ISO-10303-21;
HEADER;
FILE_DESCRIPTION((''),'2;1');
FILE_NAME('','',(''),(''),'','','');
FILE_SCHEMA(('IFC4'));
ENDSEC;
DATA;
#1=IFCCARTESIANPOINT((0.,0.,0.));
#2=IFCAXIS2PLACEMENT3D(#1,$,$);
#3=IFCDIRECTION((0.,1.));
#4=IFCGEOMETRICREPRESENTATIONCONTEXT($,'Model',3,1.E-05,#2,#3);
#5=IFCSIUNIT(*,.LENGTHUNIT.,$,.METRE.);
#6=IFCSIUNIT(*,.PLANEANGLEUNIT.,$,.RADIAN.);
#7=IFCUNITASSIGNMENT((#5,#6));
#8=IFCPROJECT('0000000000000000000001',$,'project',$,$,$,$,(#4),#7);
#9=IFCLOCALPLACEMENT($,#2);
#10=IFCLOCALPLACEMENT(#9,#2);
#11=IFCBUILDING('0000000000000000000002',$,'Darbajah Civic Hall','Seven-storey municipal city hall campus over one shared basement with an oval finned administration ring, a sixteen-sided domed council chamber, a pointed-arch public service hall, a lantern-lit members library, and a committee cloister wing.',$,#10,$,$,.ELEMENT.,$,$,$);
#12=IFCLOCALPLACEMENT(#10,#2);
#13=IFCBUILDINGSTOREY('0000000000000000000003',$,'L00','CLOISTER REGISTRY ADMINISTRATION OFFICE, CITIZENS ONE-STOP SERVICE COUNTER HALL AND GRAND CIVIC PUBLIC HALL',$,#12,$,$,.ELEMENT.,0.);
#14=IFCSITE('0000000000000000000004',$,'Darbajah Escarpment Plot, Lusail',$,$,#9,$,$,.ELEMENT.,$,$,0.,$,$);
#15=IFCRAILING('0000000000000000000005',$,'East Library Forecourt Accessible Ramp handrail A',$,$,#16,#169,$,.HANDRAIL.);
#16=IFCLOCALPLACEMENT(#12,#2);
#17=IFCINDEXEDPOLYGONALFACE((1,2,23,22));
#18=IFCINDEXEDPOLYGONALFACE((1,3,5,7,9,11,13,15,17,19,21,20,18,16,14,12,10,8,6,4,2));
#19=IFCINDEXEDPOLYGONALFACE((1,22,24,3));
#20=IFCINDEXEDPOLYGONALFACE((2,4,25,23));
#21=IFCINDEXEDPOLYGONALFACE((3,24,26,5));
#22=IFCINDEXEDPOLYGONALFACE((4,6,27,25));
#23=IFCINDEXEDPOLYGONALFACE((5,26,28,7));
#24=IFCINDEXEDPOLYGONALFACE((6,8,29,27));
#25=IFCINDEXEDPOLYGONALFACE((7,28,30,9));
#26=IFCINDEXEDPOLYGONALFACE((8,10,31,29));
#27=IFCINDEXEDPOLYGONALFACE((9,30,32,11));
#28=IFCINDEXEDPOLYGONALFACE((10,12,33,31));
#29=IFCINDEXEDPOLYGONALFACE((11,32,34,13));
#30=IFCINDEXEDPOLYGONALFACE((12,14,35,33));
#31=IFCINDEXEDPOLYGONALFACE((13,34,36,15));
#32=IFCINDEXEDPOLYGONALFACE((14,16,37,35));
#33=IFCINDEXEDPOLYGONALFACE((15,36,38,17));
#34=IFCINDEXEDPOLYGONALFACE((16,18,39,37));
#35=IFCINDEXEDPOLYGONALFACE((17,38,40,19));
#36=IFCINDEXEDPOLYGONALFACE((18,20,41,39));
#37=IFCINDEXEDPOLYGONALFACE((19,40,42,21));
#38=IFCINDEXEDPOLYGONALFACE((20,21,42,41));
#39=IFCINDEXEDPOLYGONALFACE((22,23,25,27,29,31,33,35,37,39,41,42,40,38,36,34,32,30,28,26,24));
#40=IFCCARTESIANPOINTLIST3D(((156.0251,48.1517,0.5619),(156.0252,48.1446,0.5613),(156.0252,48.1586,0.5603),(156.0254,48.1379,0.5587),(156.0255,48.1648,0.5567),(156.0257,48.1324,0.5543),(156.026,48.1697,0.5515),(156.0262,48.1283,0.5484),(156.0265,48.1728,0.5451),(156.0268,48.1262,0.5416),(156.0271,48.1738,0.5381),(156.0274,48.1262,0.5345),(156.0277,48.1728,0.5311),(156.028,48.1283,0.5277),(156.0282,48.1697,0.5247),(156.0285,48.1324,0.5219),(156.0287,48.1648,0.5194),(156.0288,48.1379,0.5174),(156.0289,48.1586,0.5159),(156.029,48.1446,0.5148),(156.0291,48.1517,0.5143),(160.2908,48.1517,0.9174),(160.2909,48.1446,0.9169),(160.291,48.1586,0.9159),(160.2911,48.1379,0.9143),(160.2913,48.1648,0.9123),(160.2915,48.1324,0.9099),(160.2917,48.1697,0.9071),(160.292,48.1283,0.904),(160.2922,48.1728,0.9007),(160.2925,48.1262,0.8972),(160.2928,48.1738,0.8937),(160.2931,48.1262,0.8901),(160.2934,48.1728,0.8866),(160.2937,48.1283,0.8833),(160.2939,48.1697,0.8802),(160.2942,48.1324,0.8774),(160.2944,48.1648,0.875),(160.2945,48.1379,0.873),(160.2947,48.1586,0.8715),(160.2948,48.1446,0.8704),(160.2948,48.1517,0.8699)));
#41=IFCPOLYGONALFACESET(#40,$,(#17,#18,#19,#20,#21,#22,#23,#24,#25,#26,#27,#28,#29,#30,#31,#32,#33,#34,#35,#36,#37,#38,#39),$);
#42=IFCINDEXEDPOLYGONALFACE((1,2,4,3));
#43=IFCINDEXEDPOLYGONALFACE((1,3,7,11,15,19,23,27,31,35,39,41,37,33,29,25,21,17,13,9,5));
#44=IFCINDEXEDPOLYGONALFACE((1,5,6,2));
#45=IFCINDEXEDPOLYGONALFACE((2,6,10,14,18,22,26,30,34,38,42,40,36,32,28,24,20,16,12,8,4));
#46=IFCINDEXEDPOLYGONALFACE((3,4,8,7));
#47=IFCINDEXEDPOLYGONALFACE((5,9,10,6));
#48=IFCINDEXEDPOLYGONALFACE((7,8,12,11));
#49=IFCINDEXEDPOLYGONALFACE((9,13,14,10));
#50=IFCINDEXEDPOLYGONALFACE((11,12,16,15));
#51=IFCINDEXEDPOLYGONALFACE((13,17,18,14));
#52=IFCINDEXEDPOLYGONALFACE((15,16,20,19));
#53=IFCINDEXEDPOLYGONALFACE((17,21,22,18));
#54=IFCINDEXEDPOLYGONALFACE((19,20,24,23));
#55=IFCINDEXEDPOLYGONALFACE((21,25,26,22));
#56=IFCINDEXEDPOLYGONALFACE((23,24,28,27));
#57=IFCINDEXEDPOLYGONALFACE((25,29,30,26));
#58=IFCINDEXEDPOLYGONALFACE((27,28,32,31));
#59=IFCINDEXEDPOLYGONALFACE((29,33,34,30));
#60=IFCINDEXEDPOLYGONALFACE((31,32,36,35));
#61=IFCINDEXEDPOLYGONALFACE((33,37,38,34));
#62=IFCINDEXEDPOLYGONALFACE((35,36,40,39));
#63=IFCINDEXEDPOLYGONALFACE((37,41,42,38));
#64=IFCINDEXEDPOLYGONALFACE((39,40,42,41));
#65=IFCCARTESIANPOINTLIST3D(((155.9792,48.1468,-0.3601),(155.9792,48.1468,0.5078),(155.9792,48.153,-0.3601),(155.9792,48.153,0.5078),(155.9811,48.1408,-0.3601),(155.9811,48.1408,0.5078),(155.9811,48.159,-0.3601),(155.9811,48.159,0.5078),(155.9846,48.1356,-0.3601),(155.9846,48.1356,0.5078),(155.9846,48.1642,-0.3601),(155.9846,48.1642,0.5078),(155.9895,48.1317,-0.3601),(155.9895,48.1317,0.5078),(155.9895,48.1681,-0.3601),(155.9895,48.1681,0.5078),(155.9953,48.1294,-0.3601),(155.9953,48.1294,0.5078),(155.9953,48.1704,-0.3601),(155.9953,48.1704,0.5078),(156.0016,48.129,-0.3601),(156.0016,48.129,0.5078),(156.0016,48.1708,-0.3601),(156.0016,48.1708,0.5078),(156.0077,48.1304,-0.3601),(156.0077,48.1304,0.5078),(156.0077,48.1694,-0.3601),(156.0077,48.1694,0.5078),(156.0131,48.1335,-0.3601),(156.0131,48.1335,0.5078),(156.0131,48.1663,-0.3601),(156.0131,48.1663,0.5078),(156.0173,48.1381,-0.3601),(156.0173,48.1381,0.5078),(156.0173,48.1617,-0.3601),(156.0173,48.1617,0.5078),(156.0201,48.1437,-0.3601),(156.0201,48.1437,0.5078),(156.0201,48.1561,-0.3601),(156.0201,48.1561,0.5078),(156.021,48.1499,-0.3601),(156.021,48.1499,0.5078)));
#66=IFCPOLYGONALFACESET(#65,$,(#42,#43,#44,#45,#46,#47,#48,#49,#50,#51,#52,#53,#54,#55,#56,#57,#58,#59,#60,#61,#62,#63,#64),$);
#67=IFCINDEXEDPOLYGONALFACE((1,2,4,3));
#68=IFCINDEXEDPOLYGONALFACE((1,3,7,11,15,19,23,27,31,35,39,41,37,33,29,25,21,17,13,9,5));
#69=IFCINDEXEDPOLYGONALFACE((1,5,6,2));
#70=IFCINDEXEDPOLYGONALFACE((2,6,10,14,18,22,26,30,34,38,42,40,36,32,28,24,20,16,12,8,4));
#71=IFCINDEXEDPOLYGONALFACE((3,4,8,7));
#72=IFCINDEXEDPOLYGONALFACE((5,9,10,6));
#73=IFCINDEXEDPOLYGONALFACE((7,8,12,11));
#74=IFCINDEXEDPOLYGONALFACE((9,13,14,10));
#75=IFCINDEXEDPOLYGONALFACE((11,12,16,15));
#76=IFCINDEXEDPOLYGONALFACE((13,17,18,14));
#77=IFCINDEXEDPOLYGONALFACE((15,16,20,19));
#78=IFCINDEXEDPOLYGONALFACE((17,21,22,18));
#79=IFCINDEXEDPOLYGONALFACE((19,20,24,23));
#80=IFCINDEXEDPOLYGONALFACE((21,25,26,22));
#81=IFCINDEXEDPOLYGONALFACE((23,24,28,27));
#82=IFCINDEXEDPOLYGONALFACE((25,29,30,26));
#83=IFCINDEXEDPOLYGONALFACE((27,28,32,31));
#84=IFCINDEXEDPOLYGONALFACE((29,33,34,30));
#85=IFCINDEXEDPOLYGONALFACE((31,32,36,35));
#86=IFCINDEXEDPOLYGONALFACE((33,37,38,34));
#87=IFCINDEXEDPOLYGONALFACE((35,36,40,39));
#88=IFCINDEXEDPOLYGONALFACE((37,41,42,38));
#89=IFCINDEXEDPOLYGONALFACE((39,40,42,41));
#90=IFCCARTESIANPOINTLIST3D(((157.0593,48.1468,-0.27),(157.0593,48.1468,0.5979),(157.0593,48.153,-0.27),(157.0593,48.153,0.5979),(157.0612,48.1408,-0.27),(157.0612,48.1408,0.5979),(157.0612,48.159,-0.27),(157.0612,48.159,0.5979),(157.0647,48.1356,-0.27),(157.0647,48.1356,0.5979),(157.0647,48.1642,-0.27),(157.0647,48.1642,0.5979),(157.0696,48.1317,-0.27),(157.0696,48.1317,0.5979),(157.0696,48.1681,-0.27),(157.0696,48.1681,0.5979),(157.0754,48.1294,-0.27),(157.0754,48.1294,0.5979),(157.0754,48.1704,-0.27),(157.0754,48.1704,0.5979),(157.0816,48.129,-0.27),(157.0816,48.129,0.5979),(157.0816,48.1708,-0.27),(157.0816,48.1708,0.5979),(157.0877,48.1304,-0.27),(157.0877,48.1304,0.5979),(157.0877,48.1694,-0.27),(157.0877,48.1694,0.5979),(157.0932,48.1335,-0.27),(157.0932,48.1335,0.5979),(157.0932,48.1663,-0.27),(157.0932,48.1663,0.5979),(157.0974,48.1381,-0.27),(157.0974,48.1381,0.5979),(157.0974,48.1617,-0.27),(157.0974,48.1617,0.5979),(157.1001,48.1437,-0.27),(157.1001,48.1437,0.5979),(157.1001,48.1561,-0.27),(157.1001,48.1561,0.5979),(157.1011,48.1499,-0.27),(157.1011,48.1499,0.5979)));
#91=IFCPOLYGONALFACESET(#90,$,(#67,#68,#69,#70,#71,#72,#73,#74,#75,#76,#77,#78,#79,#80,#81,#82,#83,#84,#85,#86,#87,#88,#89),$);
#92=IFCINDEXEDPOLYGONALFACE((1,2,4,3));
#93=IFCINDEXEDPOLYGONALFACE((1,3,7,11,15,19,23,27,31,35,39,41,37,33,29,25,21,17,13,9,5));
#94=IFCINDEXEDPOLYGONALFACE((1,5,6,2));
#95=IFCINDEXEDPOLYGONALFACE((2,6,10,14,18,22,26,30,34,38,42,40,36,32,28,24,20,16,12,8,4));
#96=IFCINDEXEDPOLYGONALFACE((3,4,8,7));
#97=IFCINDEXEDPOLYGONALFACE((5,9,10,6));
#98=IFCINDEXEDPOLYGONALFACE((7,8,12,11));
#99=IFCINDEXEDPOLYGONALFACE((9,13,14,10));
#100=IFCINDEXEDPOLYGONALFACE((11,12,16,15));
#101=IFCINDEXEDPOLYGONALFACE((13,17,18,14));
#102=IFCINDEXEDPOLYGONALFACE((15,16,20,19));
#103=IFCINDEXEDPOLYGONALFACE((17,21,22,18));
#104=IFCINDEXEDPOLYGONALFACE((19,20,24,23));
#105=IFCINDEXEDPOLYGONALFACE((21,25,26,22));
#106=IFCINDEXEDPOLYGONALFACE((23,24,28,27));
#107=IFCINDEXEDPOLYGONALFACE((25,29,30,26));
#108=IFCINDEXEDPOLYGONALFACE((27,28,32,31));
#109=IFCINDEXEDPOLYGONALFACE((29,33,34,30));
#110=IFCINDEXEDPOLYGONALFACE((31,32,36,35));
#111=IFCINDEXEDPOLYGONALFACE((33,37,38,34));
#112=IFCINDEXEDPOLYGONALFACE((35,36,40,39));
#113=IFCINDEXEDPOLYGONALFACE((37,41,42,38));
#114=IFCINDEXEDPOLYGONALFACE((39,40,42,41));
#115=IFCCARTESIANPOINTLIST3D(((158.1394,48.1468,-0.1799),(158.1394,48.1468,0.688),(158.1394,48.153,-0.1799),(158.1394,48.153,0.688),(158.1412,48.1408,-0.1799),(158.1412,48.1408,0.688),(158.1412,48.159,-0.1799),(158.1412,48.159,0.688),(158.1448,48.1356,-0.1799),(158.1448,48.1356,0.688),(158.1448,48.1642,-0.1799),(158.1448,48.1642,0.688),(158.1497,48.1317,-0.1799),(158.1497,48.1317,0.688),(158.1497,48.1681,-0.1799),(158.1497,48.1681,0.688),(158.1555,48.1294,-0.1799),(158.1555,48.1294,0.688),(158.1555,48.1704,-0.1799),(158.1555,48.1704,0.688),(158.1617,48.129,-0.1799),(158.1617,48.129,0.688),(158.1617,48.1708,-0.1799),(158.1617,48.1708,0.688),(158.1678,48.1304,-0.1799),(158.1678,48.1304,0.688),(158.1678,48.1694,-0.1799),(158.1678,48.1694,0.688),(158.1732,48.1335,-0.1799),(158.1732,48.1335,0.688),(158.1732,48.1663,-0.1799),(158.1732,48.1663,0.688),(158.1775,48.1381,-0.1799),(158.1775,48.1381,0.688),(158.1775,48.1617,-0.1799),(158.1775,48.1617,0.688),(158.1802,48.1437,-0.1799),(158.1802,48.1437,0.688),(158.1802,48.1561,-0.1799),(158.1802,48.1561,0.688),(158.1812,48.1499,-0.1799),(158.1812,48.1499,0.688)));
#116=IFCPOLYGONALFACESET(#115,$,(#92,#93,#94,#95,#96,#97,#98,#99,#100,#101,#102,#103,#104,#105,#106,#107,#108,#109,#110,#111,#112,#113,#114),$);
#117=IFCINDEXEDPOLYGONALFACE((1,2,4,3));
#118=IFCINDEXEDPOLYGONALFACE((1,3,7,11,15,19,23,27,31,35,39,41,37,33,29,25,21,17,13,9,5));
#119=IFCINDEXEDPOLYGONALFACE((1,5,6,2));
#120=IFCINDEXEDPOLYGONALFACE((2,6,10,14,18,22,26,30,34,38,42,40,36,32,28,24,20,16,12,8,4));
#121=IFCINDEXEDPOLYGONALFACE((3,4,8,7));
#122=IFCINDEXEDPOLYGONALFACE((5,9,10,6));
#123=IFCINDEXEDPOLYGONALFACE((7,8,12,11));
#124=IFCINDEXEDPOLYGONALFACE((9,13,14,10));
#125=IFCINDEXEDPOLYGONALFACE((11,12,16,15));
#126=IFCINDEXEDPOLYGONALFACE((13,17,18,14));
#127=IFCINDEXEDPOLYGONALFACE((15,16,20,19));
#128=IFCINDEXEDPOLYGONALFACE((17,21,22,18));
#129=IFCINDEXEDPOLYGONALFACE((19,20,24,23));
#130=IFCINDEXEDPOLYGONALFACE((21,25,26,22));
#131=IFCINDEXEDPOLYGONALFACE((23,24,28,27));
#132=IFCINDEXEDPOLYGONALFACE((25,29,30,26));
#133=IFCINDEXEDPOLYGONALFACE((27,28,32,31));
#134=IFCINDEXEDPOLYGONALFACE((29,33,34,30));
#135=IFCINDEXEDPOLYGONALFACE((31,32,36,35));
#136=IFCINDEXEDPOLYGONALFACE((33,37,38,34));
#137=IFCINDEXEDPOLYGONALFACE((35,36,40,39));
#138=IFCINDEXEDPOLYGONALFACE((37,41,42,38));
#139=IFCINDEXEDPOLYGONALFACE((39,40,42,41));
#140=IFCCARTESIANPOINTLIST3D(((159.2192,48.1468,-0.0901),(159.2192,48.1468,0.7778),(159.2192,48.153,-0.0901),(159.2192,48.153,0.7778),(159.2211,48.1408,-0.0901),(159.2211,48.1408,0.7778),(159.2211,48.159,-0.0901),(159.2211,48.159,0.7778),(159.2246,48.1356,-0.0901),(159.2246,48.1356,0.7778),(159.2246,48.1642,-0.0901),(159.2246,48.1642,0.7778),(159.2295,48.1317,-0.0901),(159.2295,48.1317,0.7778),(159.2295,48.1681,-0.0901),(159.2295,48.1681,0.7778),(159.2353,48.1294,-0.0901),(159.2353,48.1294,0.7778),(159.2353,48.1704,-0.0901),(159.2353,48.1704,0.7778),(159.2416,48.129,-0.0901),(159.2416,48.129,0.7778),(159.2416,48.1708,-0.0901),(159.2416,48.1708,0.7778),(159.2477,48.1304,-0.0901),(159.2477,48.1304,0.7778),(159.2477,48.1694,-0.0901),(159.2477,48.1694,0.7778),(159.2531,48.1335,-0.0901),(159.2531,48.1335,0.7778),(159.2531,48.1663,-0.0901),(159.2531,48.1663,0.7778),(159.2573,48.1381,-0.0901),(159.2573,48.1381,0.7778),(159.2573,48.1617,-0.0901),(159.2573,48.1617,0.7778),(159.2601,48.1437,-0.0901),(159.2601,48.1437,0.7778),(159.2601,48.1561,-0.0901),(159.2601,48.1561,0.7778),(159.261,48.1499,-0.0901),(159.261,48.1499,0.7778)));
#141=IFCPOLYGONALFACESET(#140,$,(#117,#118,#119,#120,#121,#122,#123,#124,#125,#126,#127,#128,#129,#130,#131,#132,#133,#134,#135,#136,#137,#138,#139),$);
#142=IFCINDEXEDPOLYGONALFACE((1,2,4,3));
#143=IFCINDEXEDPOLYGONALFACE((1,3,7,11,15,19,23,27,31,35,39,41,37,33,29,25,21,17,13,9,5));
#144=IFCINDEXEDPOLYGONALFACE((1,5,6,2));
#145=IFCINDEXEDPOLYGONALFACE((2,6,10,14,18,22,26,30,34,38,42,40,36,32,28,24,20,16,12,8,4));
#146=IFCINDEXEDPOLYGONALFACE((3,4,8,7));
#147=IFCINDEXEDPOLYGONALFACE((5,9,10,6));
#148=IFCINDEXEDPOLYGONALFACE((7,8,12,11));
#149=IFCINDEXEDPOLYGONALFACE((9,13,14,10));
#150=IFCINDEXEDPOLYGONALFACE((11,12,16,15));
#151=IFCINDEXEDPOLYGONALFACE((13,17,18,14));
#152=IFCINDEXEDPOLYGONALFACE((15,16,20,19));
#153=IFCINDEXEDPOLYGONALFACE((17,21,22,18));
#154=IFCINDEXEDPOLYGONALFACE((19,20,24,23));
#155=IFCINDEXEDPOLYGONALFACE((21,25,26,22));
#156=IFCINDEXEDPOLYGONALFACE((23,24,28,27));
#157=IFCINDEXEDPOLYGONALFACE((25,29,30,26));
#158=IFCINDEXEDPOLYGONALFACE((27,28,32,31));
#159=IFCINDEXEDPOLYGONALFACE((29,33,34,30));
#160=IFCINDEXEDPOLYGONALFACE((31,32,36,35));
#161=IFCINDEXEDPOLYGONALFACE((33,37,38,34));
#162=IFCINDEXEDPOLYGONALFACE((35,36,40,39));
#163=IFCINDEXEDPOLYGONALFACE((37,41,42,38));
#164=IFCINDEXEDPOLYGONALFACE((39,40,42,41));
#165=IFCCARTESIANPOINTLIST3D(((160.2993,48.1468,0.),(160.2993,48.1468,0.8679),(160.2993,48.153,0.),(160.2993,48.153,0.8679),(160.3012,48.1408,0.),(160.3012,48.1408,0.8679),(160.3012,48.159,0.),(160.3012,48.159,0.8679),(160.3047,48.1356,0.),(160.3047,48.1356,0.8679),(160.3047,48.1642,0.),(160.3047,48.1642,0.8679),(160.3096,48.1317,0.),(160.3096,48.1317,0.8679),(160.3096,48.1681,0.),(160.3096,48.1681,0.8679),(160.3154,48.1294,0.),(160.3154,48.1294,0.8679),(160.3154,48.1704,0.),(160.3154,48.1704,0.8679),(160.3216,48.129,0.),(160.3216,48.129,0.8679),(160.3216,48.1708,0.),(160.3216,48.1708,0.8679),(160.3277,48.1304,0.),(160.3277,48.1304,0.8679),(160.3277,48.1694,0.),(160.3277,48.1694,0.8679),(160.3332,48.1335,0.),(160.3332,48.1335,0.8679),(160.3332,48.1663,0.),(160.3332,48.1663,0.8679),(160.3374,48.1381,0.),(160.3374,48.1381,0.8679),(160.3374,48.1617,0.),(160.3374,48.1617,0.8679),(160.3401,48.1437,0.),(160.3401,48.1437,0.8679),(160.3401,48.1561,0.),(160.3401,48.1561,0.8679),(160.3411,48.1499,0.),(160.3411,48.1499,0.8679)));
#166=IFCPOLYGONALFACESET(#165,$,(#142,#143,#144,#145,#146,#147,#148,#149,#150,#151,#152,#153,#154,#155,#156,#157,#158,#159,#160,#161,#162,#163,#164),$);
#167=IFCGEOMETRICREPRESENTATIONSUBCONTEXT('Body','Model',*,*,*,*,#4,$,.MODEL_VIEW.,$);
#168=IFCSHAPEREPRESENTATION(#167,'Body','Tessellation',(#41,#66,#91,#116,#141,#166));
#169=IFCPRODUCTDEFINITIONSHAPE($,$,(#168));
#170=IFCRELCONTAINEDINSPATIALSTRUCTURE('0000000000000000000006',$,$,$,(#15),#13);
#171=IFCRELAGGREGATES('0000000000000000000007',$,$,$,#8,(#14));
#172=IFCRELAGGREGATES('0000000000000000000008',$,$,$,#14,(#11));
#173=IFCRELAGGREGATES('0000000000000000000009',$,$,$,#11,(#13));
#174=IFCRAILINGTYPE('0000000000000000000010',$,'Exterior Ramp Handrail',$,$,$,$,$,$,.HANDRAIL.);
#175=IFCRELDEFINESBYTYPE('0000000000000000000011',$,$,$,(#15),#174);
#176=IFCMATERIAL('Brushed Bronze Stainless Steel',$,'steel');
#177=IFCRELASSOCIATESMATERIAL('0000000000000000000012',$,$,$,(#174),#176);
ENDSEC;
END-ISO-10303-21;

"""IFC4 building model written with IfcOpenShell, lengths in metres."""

from ifc_helpers import new_model, si_unit, direction, frame, origin, origin_2d, place, context, subcontext, project, spatial, circle, extrude, material, type_object, element, save


model = new_model("IFC4")

# Units and contexts
model_context = context("Model", 3, precision=1e-05, world=origin(), true_north=direction((0.0, 1.0)))
body_context = subcontext(model_context, "Body", "Model", "MODEL_VIEW")
ifc_project = project(units=[si_unit("LENGTHUNIT", "METRE"), si_unit("PLANEANGLEUNIT", "RADIAN")], contexts=[model_context])

# Site, building, storey
site_placement = place(None, origin())
site = spatial("IfcSite", under=ifc_project, at=site_placement, Name="Darbajah Escarpment Plot, Lusail", CompositionType="ELEMENT", RefElevation=0.0)
building_placement = place(site_placement, origin())
building = spatial("IfcBuilding", under=site, at=building_placement, Name="Darbajah Civic Hall", Description="Seven-storey municipal city hall campus over one shared basement with an oval finned administration ring, a sixteen-sided domed council chamber, a pointed-arch public service hall, a lantern-lit members library, and a committee cloister wing.", CompositionType="ELEMENT")
storey_placement = place(building_placement, origin())
storey = spatial("IfcBuildingStorey", under=building, at=storey_placement, Name="L00", Description="CLOISTER REGISTRY ADMINISTRATION OFFICE, CITIZENS ONE-STOP SERVICE COUNTER HALL AND GRAND CIVIC PUBLIC HALL", CompositionType="ELEMENT", Elevation=0.0)

# Railing
ifc_material_1 = material(Name="Brushed Bronze Stainless Steel", Category="steel")
railing_type = type_object("IfcRailingType", Name="Exterior Ramp Handrail", PredefinedType="HANDRAIL", material=ifc_material_1)
for number, where, name in (
    (1, (156.0, 48.1499, -0.3601), "East Library Forecourt Accessible Ramp handrail A"),
):
    element("IfcRailing", number, at=place(storey_placement, frame(where)), inside=storey, type_object=railing_type, Name=name, PredefinedType="HANDRAIL", context=body_context, shape_type="SweptSolid", body=[
        extrude(circle(Radius=0.0239, at=origin_2d()), frame((0.0271, 0.0, 0.8982), z_axis=(0.996544, 0.0, 0.083069), x_axis=(0.0, 1.0, 0.0)), (0.0, 0.0, 1.0), 4.2805),
        extrude(circle(Radius=0.021, at=origin_2d()), origin(), (0.0, 0.0, 1.0), 0.8679),
        extrude(circle(Radius=0.021, at=origin_2d()), frame((1.0801, 0.0, 0.0901)), (0.0, 0.0, 1.0), 0.8679),
        extrude(circle(Radius=0.021, at=origin_2d()), frame((2.1602, 0.0, 0.1802)), (0.0, 0.0, 1.0), 0.8679),
        extrude(circle(Radius=0.021, at=origin_2d()), frame((3.24, 0.0, 0.27)), (0.0, 0.0, 1.0), 0.8679),
        extrude(circle(Radius=0.021, at=origin_2d()), frame((4.3201, 0.0, 0.3601)), (0.0, 0.0, 1.0), 0.8679),
    ])

save(model, "model.ifc")
